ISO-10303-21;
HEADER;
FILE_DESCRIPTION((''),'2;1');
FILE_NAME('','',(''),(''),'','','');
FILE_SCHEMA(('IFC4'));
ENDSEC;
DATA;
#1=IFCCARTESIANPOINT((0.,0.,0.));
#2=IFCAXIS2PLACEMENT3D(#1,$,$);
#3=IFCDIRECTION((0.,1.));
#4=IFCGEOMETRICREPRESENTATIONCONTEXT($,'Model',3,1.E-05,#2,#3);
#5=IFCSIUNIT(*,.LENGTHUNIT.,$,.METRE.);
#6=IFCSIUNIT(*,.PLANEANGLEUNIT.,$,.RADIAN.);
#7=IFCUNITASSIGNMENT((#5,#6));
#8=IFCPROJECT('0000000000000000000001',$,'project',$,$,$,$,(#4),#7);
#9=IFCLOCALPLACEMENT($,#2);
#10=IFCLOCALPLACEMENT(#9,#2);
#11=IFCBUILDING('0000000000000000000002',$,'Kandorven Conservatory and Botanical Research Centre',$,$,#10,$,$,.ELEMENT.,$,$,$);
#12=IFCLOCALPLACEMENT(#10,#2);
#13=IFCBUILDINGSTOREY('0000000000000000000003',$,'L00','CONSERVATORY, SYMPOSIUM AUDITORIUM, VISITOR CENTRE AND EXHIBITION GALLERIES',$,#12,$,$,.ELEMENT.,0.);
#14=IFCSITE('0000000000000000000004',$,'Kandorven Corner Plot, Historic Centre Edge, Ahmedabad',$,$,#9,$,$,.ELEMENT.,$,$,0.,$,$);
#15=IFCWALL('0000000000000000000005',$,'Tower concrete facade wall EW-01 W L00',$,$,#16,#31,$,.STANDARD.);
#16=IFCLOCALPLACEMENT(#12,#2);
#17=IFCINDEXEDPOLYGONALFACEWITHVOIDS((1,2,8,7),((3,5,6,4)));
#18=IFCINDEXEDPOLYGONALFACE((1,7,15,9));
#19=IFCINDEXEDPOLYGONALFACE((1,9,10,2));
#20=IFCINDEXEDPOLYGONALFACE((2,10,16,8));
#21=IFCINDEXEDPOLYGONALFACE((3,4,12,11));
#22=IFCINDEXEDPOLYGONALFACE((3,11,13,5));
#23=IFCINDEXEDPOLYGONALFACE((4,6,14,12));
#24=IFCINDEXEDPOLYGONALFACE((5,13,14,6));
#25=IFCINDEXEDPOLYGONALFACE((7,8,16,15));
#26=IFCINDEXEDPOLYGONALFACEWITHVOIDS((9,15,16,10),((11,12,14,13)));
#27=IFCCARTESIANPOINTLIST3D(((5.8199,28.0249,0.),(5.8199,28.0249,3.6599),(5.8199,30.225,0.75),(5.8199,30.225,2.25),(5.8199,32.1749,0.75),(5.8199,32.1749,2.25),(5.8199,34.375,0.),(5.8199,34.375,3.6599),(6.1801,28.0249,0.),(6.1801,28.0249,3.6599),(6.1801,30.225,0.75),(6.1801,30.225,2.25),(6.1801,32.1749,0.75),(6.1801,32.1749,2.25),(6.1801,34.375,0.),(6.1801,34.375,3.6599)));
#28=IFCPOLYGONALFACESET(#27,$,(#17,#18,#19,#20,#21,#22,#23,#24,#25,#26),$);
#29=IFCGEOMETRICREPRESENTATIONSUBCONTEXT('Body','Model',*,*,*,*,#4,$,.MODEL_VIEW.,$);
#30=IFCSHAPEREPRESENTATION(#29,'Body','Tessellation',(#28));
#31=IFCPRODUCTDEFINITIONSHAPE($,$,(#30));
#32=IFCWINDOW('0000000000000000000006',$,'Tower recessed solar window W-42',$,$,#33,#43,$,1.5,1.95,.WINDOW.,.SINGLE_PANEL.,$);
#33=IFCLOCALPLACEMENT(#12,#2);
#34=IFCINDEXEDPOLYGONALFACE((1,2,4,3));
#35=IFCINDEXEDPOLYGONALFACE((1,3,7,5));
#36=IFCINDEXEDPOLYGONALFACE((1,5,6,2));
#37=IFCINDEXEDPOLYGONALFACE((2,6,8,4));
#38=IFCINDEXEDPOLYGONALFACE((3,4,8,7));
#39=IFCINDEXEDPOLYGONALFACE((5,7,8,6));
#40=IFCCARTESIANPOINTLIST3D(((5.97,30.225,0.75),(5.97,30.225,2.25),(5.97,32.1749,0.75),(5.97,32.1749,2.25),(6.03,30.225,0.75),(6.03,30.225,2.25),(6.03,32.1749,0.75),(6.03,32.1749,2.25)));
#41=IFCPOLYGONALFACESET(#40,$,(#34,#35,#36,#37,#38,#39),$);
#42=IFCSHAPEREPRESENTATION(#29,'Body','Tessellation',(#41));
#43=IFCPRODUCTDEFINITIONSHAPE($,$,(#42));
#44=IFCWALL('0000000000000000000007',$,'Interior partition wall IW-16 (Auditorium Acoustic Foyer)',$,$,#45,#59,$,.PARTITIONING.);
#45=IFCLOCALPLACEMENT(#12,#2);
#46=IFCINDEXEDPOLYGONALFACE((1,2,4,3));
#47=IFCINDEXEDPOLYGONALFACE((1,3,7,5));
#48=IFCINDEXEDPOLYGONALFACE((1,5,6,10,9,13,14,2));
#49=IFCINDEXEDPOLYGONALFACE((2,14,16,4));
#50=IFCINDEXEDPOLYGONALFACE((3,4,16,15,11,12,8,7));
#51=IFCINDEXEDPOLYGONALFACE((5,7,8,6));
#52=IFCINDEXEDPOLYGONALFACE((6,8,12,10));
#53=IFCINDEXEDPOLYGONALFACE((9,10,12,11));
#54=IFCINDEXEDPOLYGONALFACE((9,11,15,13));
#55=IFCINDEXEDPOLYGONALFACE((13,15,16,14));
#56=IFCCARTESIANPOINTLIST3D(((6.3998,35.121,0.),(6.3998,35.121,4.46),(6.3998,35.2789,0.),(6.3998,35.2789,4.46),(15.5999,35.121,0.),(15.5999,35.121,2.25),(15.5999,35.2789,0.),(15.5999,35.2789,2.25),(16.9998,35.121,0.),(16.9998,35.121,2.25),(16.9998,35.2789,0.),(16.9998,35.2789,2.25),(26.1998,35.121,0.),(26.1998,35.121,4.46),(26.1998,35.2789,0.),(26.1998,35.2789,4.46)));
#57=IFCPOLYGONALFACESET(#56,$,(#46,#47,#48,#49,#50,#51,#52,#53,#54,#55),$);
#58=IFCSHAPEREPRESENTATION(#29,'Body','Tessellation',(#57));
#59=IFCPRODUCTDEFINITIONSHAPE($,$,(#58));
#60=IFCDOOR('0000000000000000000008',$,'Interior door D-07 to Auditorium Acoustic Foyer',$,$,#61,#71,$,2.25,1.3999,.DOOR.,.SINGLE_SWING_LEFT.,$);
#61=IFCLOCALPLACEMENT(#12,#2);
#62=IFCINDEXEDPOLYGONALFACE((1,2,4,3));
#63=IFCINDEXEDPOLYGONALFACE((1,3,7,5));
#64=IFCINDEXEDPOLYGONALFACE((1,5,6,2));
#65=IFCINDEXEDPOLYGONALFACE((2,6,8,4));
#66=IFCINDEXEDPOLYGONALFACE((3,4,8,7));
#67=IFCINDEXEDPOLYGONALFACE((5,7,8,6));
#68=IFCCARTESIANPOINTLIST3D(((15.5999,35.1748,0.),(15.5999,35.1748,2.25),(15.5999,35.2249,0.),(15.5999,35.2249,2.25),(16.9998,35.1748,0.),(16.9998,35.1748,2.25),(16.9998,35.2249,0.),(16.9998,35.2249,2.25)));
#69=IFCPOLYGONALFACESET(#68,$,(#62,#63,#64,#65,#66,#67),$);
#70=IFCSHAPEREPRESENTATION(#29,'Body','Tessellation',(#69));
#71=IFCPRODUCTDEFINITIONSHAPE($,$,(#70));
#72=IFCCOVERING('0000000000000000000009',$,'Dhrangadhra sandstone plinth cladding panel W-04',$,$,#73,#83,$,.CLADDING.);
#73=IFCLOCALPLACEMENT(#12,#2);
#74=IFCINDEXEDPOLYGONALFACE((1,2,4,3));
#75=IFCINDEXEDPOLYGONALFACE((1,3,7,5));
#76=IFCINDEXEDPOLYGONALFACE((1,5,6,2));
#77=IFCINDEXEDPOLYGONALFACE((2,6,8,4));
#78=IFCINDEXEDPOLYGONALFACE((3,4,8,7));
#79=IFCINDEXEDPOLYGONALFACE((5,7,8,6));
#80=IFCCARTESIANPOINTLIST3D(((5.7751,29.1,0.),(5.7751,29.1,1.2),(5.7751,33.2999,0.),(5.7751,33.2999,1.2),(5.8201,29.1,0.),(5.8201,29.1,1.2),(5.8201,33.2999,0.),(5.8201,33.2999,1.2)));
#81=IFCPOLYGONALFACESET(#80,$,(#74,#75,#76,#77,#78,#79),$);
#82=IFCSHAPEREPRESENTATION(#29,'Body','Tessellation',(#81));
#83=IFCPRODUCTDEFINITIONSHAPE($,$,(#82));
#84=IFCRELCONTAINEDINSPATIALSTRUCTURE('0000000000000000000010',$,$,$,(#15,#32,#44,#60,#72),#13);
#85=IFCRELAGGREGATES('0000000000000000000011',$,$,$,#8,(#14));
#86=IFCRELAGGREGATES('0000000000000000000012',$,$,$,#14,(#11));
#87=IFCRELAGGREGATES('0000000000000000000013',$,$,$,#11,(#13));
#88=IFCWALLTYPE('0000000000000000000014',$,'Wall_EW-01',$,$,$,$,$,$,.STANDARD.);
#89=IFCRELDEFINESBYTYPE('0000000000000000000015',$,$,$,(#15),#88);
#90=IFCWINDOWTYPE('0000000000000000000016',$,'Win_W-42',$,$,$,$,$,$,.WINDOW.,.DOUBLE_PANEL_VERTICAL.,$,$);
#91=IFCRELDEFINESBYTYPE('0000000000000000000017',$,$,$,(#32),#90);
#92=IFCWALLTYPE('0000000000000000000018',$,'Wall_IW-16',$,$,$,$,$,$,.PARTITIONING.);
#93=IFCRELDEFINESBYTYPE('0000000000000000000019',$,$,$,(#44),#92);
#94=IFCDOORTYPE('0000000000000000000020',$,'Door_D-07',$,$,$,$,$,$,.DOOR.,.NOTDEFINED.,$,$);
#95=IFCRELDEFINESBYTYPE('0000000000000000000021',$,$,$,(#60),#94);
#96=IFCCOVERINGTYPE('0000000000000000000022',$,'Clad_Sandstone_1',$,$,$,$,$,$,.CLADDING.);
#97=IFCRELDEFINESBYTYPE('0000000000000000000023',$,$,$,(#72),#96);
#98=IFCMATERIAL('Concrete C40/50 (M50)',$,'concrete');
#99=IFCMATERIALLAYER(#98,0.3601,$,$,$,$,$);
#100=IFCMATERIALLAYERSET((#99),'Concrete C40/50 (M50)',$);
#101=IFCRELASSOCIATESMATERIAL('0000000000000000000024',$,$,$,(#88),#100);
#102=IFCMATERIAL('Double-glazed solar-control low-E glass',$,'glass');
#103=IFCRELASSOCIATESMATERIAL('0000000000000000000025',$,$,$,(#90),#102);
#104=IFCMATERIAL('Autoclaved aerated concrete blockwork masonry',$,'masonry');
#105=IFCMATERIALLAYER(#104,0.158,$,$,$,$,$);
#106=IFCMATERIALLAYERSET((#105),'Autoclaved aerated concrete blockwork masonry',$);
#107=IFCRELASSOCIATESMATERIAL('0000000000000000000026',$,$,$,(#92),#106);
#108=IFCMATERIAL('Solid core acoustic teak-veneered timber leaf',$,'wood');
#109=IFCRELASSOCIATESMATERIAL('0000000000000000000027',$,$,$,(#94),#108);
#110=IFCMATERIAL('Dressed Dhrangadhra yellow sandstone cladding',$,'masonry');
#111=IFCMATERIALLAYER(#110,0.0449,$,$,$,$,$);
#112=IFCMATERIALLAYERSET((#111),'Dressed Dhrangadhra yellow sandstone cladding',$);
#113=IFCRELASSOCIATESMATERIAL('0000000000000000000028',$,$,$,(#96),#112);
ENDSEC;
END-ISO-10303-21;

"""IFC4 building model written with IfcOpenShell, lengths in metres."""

from ifc_helpers import new_model, si_unit, direction, frame, frame_2d, origin, origin_2d, place, context, subcontext, project, spatial, rectangle, extrude, material, layer, layer_set, type_object, element, fill, save


model = new_model("IFC4")

# Units and contexts
model_context = context("Model", 3, precision=1e-05, world=origin(), true_north=direction((0.0, 1.0)))
body_context = subcontext(model_context, "Body", "Model", "MODEL_VIEW")
ifc_project = project(units=[si_unit("LENGTHUNIT", "METRE"), si_unit("PLANEANGLEUNIT", "RADIAN")], contexts=[model_context])

# Site, building, storey
site_placement = place(None, origin())
site = spatial("IfcSite", under=ifc_project, at=site_placement, Name="Kandorven Corner Plot, Historic Centre Edge, Ahmedabad", CompositionType="ELEMENT", RefElevation=0.0)
building_placement = place(site_placement, origin())
building = spatial("IfcBuilding", under=site, at=building_placement, Name="Kandorven Conservatory and Botanical Research Centre", CompositionType="ELEMENT")
storey_placement = place(building_placement, origin())
storey = spatial("IfcBuildingStorey", under=building, at=storey_placement, Name="L00", Description="CONSERVATORY, SYMPOSIUM AUDITORIUM, VISITOR CENTRE AND EXHIBITION GALLERIES", CompositionType="ELEMENT", Elevation=0.0)

# Wall, opening, window
ifc_material_1 = material(Name="Concrete C40/50 (M50)", Category="concrete")
ifc_layer_1 = layer(ifc_material_1, 0.3601)
ifc_layer_set_1 = layer_set([ifc_layer_1], Name="Concrete C40/50 (M50)")
wall_type_1 = type_object("IfcWallType", Name="Wall_EW-01", PredefinedType="STANDARD", material=ifc_layer_set_1)
wall_1_placement = place(storey_placement, frame((6.0, 28.0249, 0.0), z_axis=(0.0, 0.0, 1.0), x_axis=(0.0, 1.0, 0.0)))
wall_1 = element("IfcWall", 1, at=wall_1_placement, inside=storey, type_object=wall_type_1, Name="Tower concrete facade wall EW-01 W L00", PredefinedType="STANDARD", context=body_context, shape_type="SweptSolid", body=[
    extrude(rectangle(XDim=6.3501, YDim=0.3601, at=frame_2d((3.175, 0.0))), origin(), (0.0, 0.0, 1.0), 3.6599),
])
opening_1_placement = place(wall_1_placement, frame((2.2, 0.0, 0.75)))
opening_1 = element("IfcOpeningElement", 2, at=opening_1_placement, cuts=wall_1, PredefinedType="OPENING", context=body_context, shape_type="SweptSolid", body=[
    extrude(rectangle(XDim=1.95, YDim=1.5, at=frame_2d((0.9751, 0.75))), frame((0.0, 0.1899, 0.0), z_axis=(0.0, -1.0, 0.0), x_axis=(1.0, 0.0, 0.0)), (0.0, 0.0, 1.0), 0.3801),
])
ifc_material_2 = material(Name="Double-glazed solar-control low-E glass", Category="glass")
window_type = type_object("IfcWindowType", Name="Win_W-42", PartitioningType="DOUBLE_PANEL_VERTICAL", PredefinedType="WINDOW", material=ifc_material_2)
window_placement = place(opening_1_placement, origin())
window = element("IfcWindow", 3, at=window_placement, inside=storey, type_object=window_type, Name="Tower recessed solar window W-42", OverallHeight=1.5, OverallWidth=1.95, PartitioningType="SINGLE_PANEL", PredefinedType="WINDOW", context=body_context, shape_type="SweptSolid", body=[
    extrude(rectangle(XDim=1.95, YDim=1.5, at=frame_2d((0.9751, 0.75))), frame((0.0, 0.03, 0.0), z_axis=(0.0, -1.0, 0.0), x_axis=(1.0, 0.0, 0.0)), (0.0, 0.0, 1.0), 0.0601),
])
fill(opening_1, window)

# Wall, opening, door
ifc_material_3 = material(Name="Autoclaved aerated concrete blockwork masonry", Category="masonry")
ifc_layer_2 = layer(ifc_material_3, 0.158)
ifc_layer_set_2 = layer_set([ifc_layer_2], Name="Autoclaved aerated concrete blockwork masonry")
wall_type_2 = type_object("IfcWallType", Name="Wall_IW-16", PredefinedType="PARTITIONING", material=ifc_layer_set_2)
wall_2_placement = place(storey_placement, frame((6.3999, 35.2, 0.0), z_axis=(0.0, 0.0, 1.0), x_axis=(1.0, 0.0, 0.0)))
wall_2 = element("IfcWall", 4, at=wall_2_placement, inside=storey, type_object=wall_type_2, Name="Interior partition wall IW-16 (Auditorium Acoustic Foyer)", PredefinedType="PARTITIONING", context=body_context, shape_type="SweptSolid", body=[
    extrude(rectangle(XDim=19.8, YDim=0.158, at=frame_2d((9.8999, 0.0))), origin(), (0.0, 0.0, 1.0), 4.46),
])
opening_2_placement = place(wall_2_placement, frame((9.2, 0.0, 0.0)))
opening_2 = element("IfcOpeningElement", 5, at=opening_2_placement, cuts=wall_2, PredefinedType="OPENING", context=body_context, shape_type="SweptSolid", body=[
    extrude(rectangle(XDim=1.3999, YDim=2.25, at=frame_2d((0.7, 1.125))), frame((0.0, 0.0889, 0.0), z_axis=(0.0, -1.0, 0.0), x_axis=(1.0, 0.0, 0.0)), (0.0, 0.0, 1.0), 0.178),
])
ifc_material_4 = material(Name="Solid core acoustic teak-veneered timber leaf", Category="wood")
door_type = type_object("IfcDoorType", Name="Door_D-07", OperationType="NOTDEFINED", PredefinedType="DOOR", material=ifc_material_4)
door_placement = place(opening_2_placement, origin())
door = element("IfcDoor", 6, at=door_placement, inside=storey, type_object=door_type, Name="Interior door D-07 to Auditorium Acoustic Foyer", OperationType="SINGLE_SWING_LEFT", OverallHeight=2.25, OverallWidth=1.3999, PredefinedType="DOOR", context=body_context, shape_type="SweptSolid", body=[
    extrude(rectangle(XDim=1.3999, YDim=2.25, at=frame_2d((0.7, 1.125))), frame((0.0, 0.0249, 0.0), z_axis=(0.0, -1.0, 0.0), x_axis=(1.0, 0.0, 0.0)), (0.0, 0.0, 1.0), 0.05),
])
fill(opening_2, door)

# Covering
ifc_material_5 = material(Name="Dressed Dhrangadhra yellow sandstone cladding", Category="masonry")
ifc_layer_3 = layer(ifc_material_5, 0.0449)
ifc_layer_set_3 = layer_set([ifc_layer_3], Name="Dressed Dhrangadhra yellow sandstone cladding")
covering_type = type_object("IfcCoveringType", Name="Clad_Sandstone_1", PredefinedType="CLADDING", material=ifc_layer_set_3)
covering_placement = place(storey_placement, frame((5.7976, 31.2, 0.0), z_axis=(0.0, 0.0, 1.0), x_axis=(1.0, 0.0, 0.0)))
element("IfcCovering", 7, at=covering_placement, inside=storey, type_object=covering_type, Name="Dhrangadhra sandstone plinth cladding panel W-04", PredefinedType="CLADDING", context=body_context, shape_type="SweptSolid", body=[
    extrude(rectangle(XDim=0.0449, YDim=4.2, at=origin_2d()), origin(), (0.0, 0.0, 1.0), 1.2),
])

save(model, "model.ifc")
